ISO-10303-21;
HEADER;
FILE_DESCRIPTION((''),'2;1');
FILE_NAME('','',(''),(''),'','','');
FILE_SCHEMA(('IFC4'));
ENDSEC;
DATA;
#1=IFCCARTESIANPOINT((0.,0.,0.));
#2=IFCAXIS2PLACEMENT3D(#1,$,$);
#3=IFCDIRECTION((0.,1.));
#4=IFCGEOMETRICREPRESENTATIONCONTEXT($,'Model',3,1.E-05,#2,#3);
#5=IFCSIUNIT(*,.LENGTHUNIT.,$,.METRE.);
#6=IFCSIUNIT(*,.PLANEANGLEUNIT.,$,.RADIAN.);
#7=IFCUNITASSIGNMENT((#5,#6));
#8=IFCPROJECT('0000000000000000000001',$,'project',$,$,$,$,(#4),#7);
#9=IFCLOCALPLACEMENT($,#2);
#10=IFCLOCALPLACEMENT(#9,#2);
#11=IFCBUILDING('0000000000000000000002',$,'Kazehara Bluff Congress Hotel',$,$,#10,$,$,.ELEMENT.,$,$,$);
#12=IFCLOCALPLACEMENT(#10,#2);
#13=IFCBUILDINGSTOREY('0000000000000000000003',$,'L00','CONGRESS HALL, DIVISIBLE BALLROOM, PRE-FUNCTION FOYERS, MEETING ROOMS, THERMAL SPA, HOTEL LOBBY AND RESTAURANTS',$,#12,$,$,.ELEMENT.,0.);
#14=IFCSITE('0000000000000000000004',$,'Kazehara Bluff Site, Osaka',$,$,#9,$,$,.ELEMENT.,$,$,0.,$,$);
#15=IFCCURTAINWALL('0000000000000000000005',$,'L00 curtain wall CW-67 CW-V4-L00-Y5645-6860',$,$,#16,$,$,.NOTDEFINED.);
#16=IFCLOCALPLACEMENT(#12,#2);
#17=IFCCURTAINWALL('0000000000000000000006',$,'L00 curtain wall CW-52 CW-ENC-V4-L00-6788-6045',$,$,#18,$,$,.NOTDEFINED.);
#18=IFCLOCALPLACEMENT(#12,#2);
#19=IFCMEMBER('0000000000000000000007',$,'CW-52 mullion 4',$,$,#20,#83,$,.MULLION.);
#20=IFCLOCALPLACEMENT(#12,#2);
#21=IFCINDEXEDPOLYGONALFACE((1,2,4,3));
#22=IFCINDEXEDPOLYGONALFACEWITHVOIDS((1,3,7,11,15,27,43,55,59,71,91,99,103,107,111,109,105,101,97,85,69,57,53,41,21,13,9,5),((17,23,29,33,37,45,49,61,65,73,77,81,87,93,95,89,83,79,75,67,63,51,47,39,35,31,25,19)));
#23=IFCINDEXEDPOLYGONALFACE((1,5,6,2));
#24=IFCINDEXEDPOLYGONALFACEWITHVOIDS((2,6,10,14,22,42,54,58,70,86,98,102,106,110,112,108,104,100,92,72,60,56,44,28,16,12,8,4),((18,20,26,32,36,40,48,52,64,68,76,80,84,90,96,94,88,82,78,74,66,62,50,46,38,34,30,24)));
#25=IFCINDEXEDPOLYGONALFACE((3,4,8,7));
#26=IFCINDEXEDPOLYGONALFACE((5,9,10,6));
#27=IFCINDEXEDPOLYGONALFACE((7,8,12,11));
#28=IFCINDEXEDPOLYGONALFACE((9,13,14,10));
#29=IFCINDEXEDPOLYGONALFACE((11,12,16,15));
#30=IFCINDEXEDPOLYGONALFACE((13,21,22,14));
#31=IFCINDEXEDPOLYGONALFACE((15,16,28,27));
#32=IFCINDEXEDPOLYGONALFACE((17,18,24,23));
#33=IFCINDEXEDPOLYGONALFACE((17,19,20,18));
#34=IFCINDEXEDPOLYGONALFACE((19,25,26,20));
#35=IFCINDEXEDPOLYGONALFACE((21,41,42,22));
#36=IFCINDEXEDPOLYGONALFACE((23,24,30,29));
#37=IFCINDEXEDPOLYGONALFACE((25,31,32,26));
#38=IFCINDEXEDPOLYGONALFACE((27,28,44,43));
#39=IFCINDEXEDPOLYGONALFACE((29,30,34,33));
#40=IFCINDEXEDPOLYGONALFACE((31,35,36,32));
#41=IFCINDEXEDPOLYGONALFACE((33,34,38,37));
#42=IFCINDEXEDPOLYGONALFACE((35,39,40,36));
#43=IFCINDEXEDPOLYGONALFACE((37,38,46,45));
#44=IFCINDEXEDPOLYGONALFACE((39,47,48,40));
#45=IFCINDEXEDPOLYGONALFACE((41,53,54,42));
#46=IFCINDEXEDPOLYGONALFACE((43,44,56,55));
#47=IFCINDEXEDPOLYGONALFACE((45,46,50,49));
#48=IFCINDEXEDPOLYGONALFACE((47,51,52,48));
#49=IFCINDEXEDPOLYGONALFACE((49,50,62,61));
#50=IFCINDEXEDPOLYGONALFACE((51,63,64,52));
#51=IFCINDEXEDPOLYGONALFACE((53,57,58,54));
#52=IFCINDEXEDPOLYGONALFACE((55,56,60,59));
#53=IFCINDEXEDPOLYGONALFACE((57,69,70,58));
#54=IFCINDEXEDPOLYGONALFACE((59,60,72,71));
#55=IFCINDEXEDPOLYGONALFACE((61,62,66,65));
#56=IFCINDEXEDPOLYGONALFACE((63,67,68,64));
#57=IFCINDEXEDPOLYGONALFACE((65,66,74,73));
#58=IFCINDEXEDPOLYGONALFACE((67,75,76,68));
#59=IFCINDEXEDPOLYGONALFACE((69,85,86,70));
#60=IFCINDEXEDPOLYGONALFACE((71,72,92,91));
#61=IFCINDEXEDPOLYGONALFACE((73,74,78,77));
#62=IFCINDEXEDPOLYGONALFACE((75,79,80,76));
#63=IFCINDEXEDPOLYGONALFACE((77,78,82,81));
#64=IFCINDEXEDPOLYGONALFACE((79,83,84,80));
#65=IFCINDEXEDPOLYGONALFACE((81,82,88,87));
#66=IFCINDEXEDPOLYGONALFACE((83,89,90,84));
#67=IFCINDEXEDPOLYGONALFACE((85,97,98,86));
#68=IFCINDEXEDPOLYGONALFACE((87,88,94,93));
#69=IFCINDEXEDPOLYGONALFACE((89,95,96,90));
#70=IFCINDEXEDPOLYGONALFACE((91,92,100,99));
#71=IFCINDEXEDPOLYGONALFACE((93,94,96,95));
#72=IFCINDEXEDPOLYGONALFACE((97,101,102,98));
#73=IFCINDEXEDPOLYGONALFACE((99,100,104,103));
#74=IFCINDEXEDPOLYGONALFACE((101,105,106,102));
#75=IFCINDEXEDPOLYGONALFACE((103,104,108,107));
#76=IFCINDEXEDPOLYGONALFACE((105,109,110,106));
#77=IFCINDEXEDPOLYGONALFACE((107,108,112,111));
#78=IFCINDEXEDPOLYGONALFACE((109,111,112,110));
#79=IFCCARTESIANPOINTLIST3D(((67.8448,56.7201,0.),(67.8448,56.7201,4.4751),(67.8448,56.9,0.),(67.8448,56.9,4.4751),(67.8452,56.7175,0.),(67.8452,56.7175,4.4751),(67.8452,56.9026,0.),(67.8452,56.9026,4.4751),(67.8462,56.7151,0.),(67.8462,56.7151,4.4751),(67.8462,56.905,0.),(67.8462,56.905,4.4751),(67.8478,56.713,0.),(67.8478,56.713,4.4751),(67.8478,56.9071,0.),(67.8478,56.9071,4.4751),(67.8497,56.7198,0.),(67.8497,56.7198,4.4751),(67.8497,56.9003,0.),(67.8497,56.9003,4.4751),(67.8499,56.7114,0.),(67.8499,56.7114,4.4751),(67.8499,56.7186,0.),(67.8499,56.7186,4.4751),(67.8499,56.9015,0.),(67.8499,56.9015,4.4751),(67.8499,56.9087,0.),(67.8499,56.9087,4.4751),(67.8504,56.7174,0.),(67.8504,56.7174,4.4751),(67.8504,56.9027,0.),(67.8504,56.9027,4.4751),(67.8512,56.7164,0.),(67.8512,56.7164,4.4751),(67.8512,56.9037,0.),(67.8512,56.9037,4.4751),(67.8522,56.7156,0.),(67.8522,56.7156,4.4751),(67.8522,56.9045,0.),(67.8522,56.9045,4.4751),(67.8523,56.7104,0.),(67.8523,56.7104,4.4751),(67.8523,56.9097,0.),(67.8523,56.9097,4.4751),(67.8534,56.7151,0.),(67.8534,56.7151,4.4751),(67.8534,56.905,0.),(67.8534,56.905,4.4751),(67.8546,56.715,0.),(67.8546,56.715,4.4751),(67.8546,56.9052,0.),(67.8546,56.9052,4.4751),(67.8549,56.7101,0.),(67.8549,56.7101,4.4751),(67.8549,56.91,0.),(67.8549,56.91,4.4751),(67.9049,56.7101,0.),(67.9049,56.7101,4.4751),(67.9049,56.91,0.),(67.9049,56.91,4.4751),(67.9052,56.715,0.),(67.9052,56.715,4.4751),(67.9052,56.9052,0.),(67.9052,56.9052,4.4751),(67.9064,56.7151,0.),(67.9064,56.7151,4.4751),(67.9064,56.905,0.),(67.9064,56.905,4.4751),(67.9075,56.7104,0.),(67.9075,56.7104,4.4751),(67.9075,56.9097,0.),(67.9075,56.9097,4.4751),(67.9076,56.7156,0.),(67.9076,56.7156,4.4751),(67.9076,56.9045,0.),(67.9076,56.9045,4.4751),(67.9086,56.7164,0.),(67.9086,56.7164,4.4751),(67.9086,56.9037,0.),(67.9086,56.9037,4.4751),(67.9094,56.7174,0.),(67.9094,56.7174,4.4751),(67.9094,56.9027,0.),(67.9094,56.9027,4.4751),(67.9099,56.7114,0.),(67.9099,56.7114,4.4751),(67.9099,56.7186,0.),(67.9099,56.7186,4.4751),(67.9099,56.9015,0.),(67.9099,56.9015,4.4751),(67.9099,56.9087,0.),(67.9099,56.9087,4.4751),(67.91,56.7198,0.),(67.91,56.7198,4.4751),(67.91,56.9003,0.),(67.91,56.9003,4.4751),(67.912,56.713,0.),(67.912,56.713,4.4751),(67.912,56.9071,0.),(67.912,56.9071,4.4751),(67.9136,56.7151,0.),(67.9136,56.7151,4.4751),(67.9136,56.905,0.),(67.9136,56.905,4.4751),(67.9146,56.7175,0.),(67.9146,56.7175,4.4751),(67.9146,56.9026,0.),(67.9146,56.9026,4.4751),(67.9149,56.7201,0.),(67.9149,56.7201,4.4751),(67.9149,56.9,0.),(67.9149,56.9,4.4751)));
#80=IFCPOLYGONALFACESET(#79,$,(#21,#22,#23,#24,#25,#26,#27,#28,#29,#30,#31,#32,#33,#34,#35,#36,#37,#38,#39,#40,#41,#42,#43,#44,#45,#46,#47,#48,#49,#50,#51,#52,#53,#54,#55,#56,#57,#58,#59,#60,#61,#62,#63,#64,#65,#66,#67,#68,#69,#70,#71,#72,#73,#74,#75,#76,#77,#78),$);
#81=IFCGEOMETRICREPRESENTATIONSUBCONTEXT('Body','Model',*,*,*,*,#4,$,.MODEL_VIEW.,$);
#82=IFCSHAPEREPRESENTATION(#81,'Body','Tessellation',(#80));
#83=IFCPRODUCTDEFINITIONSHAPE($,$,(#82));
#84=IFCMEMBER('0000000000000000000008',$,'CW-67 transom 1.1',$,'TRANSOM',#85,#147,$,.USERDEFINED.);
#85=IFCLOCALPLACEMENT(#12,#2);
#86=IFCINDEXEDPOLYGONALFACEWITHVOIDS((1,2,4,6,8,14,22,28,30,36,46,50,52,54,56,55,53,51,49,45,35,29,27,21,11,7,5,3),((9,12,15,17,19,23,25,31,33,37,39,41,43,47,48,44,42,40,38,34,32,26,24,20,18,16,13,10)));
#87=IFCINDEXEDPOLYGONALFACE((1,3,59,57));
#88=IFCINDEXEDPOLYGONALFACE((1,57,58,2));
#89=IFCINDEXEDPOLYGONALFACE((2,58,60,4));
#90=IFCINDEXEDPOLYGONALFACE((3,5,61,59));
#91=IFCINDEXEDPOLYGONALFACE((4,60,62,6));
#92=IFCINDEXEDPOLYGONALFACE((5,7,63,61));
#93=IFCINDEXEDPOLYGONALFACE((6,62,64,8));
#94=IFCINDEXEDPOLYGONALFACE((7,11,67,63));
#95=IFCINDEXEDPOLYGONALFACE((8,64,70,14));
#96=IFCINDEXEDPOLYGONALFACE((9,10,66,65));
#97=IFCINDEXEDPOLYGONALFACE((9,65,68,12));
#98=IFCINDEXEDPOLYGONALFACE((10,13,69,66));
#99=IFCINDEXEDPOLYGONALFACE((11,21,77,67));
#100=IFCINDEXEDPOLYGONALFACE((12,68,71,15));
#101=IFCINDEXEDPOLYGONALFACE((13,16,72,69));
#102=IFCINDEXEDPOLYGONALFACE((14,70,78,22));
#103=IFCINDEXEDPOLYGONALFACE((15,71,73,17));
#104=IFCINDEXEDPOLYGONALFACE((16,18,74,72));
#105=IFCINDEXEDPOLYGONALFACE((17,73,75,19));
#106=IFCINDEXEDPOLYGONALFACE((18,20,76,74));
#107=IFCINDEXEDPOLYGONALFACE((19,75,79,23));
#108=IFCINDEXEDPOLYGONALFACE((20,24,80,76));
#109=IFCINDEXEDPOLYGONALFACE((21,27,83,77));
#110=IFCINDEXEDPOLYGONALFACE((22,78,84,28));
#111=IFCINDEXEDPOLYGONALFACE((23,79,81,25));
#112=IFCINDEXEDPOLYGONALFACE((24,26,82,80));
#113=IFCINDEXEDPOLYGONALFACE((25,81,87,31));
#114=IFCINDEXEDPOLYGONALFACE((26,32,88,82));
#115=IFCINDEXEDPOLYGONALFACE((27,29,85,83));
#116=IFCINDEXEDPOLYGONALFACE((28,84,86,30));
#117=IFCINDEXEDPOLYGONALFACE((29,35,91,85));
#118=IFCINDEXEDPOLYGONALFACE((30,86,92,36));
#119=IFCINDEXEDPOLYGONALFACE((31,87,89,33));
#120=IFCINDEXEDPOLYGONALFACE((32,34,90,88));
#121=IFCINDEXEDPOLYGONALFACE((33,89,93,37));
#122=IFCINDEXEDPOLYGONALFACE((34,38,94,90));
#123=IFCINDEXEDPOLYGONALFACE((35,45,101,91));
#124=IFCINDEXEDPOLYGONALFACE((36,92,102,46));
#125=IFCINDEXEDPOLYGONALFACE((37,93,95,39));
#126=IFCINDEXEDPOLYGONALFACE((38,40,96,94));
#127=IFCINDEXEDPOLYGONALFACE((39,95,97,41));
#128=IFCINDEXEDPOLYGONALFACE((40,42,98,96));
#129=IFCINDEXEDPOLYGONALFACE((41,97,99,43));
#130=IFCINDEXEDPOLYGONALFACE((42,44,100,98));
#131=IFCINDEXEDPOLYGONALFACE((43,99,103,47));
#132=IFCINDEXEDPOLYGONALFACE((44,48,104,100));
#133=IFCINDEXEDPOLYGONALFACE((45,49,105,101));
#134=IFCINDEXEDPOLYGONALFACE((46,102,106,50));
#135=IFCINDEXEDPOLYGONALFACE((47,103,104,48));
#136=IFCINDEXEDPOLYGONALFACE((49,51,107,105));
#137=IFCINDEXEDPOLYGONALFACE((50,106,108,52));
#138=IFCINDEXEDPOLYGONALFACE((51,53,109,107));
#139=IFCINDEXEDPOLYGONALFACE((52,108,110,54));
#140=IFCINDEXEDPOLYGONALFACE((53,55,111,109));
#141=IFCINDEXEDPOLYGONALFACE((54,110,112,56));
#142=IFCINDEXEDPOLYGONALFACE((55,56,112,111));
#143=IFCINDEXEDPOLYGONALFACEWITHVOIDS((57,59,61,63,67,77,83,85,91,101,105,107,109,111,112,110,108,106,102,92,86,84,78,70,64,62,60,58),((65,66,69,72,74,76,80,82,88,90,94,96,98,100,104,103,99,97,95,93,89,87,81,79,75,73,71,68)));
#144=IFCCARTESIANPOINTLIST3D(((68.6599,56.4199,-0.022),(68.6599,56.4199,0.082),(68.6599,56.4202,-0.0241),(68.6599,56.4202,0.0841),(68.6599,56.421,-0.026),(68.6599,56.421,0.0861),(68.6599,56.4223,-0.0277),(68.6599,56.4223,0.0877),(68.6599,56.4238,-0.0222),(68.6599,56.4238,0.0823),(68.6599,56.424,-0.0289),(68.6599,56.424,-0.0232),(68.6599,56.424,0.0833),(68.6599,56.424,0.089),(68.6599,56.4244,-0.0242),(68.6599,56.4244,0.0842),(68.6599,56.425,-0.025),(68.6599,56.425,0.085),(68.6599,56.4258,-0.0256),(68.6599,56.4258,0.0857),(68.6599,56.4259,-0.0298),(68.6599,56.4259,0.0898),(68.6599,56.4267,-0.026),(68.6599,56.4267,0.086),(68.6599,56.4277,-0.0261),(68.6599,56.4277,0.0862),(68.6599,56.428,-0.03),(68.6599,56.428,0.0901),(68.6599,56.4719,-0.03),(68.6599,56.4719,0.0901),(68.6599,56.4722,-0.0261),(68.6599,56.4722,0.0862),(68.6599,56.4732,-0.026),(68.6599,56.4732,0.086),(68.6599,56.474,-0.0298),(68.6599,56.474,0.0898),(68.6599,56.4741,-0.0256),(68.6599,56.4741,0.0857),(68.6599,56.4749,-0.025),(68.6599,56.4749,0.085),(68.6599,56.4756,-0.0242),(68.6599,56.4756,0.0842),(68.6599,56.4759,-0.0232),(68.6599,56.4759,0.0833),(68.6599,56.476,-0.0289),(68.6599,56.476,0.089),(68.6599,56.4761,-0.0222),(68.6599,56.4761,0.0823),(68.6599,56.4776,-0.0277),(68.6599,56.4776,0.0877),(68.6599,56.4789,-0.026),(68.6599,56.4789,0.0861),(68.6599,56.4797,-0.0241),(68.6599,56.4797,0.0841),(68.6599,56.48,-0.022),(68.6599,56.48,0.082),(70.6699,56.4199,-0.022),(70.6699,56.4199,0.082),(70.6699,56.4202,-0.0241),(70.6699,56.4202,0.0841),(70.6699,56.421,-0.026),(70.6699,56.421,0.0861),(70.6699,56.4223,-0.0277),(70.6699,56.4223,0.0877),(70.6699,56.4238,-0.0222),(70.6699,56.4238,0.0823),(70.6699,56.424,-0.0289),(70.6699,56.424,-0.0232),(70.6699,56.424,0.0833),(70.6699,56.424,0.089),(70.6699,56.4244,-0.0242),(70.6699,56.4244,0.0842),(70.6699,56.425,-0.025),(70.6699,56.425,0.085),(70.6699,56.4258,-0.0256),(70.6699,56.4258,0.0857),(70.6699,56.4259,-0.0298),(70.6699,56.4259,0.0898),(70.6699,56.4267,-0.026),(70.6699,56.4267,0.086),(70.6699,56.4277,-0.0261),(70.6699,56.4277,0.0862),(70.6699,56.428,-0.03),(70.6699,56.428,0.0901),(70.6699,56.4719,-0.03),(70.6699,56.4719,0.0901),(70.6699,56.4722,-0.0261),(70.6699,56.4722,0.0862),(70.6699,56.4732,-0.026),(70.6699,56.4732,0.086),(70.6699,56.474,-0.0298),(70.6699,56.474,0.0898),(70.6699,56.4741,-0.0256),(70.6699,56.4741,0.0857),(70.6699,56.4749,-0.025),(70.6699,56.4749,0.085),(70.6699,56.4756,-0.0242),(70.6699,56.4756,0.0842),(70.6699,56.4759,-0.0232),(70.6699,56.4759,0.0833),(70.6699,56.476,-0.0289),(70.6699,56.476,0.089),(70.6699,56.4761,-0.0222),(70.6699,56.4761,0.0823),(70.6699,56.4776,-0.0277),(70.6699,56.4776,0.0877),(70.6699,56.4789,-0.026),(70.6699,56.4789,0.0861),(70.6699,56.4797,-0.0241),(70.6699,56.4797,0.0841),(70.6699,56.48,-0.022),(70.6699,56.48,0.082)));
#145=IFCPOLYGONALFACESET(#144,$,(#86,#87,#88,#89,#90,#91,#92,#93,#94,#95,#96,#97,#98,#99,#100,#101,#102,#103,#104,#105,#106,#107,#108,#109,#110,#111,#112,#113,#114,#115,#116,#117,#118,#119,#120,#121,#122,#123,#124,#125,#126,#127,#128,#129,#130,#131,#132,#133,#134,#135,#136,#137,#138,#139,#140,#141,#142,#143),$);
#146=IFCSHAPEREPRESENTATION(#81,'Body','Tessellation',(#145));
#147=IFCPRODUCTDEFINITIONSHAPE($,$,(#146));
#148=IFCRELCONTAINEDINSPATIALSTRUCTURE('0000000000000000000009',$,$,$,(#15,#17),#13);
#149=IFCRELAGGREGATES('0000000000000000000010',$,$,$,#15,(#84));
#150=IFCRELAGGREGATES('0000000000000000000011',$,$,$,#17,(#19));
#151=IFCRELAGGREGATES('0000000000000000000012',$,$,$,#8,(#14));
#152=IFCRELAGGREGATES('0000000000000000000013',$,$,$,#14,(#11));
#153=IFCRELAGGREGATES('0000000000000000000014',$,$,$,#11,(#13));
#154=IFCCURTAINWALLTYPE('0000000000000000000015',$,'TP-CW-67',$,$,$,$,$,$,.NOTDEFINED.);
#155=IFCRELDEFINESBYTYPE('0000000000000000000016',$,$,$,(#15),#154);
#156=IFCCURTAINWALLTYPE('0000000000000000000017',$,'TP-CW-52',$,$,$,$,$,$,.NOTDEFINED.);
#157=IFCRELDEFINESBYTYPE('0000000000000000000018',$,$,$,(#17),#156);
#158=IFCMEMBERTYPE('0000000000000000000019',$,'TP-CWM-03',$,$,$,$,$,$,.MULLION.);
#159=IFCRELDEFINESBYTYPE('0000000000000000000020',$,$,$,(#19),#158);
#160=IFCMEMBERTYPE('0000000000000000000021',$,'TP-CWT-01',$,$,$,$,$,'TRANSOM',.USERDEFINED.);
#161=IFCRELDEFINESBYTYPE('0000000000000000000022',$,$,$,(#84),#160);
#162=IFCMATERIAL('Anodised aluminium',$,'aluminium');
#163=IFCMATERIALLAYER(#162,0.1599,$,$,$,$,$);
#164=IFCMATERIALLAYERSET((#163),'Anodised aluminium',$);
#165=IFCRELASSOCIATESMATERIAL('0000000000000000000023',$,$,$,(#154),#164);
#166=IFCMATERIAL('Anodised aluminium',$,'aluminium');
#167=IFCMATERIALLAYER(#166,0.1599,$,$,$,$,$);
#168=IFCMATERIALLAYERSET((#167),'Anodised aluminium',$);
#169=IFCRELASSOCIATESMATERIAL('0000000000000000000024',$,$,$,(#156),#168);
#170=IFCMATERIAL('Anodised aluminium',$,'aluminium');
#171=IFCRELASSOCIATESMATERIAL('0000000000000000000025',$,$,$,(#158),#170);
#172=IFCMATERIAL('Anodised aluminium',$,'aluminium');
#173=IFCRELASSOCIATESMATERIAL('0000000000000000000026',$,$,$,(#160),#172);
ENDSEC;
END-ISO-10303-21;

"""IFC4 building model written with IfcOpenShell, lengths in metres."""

from ifc_helpers import new_model, si_unit, direction, frame, origin, origin_2d, place, context, subcontext, project, spatial, hollow_rectangle, extrude, material, layer, layer_set, material_profile, profile_set, type_object, element, aggregate, save


model = new_model("IFC4")

# Units and contexts
model_context = context("Model", 3, precision=1e-05, world=origin(), true_north=direction((0.0, 1.0)))
body_context = subcontext(model_context, "Body", "Model", "MODEL_VIEW")
ifc_project = project(units=[si_unit("LENGTHUNIT", "METRE"), si_unit("PLANEANGLEUNIT", "RADIAN")], contexts=[model_context])

# Site, building, storey
site_placement = place(None, origin())
site = spatial("IfcSite", under=ifc_project, at=site_placement, Name="Kazehara Bluff Site, Osaka", CompositionType="ELEMENT", RefElevation=0.0)
building_placement = place(site_placement, origin())
building = spatial("IfcBuilding", under=site, at=building_placement, Name="Kazehara Bluff Congress Hotel", CompositionType="ELEMENT")
storey_placement = place(building_placement, origin())
storey = spatial("IfcBuildingStorey", under=building, at=storey_placement, Name="L00", Description="CONGRESS HALL, DIVISIBLE BALLROOM, PRE-FUNCTION FOYERS, MEETING ROOMS, THERMAL SPA, HOTEL LOBBY AND RESTAURANTS", CompositionType="ELEMENT", Elevation=0.0)

# Curtain walls, member
ifc_material_1 = material(Name="Anodised aluminium", Category="aluminium")
ifc_layer_1 = layer(ifc_material_1, 0.1599)
ifc_layer_set_1 = layer_set([ifc_layer_1], Name="Anodised aluminium")
curtain_wall_type_1 = type_object("IfcCurtainWallType", Name="TP-CW-67", PredefinedType="NOTDEFINED", material=ifc_layer_set_1)
curtain_wall_1_placement = place(storey_placement, origin())
curtain_wall_1 = element("IfcCurtainWall", 1, at=curtain_wall_1_placement, inside=storey, type_object=curtain_wall_type_1, Name="L00 curtain wall CW-67 CW-V4-L00-Y5645-6860", PredefinedType="NOTDEFINED")
ifc_material_2 = material(Name="Anodised aluminium", Category="aluminium")
ifc_layer_2 = layer(ifc_material_2, 0.1599)
ifc_layer_set_2 = layer_set([ifc_layer_2], Name="Anodised aluminium")
curtain_wall_type_2 = type_object("IfcCurtainWallType", Name="TP-CW-52", PredefinedType="NOTDEFINED", material=ifc_layer_set_2)
curtain_wall_2_placement = place(storey_placement, origin())
curtain_wall_2 = element("IfcCurtainWall", 2, at=curtain_wall_2_placement, inside=storey, type_object=curtain_wall_type_2, Name="L00 curtain wall CW-52 CW-ENC-V4-L00-6788-6045", PredefinedType="NOTDEFINED")
ifc_material_3 = material(Name="Anodised aluminium", Category="aluminium")
ifc_material_profile_1 = material_profile(ifc_material_3, hollow_rectangle(XDim=0.0701, YDim=0.2, WallThickness=0.0049, InnerFilletRadius=0.0049, OuterFilletRadius=0.01, at=origin_2d()))
ifc_profile_set_1 = profile_set([ifc_material_profile_1], Name="Anodised aluminium")
member_type_1 = type_object("IfcMemberType", Name="TP-CWM-03", PredefinedType="MULLION", material=ifc_profile_set_1)
member_1_placement = place(storey_placement, frame((67.8799, 56.8101, 0.0), z_axis=(0.0, 0.0, 1.0), x_axis=(1.0, 0.0, 0.0)))
member_1 = element("IfcMember", 3, at=member_1_placement, type_object=member_type_1, Name="CW-52 mullion 4", PredefinedType="MULLION", context=body_context, shape_type="SweptSolid", body=[
    extrude(hollow_rectangle(XDim=0.0701, YDim=0.2, WallThickness=0.0049, InnerFilletRadius=0.0049, OuterFilletRadius=0.01, at=origin_2d()), origin(), (0.0, 0.0, 1.0), 4.4751),
])

# Member
ifc_material_4 = material(Name="Anodised aluminium", Category="aluminium")
ifc_material_profile_2 = material_profile(ifc_material_4, hollow_rectangle(XDim=0.0601, YDim=0.1201, WallThickness=0.0039, InnerFilletRadius=0.0039, OuterFilletRadius=0.0081, at=origin_2d()))
ifc_profile_set_2 = profile_set([ifc_material_profile_2], Name="Anodised aluminium")
member_type_2 = type_object("IfcMemberType", Name="TP-CWT-01", ElementType="TRANSOM", PredefinedType="USERDEFINED", material=ifc_profile_set_2)
member_2_placement = place(storey_placement, frame((68.6599, 56.45, 0.03), z_axis=(1.0, 0.0, 0.0), x_axis=(0.0, 1.0, 0.0)))
member_2 = element("IfcMember", 4, at=member_2_placement, type_object=member_type_2, Name="CW-67 transom 1.1", ObjectType="TRANSOM", PredefinedType="USERDEFINED", context=body_context, shape_type="SweptSolid", body=[
    extrude(hollow_rectangle(XDim=0.0601, YDim=0.1201, WallThickness=0.0039, InnerFilletRadius=0.0039, OuterFilletRadius=0.0081, at=origin_2d()), origin(), (0.0, 0.0, 1.0), 2.01),
])

aggregate(curtain_wall_1, [member_2])
aggregate(curtain_wall_2, [member_1])

save(model, "model.ifc")
